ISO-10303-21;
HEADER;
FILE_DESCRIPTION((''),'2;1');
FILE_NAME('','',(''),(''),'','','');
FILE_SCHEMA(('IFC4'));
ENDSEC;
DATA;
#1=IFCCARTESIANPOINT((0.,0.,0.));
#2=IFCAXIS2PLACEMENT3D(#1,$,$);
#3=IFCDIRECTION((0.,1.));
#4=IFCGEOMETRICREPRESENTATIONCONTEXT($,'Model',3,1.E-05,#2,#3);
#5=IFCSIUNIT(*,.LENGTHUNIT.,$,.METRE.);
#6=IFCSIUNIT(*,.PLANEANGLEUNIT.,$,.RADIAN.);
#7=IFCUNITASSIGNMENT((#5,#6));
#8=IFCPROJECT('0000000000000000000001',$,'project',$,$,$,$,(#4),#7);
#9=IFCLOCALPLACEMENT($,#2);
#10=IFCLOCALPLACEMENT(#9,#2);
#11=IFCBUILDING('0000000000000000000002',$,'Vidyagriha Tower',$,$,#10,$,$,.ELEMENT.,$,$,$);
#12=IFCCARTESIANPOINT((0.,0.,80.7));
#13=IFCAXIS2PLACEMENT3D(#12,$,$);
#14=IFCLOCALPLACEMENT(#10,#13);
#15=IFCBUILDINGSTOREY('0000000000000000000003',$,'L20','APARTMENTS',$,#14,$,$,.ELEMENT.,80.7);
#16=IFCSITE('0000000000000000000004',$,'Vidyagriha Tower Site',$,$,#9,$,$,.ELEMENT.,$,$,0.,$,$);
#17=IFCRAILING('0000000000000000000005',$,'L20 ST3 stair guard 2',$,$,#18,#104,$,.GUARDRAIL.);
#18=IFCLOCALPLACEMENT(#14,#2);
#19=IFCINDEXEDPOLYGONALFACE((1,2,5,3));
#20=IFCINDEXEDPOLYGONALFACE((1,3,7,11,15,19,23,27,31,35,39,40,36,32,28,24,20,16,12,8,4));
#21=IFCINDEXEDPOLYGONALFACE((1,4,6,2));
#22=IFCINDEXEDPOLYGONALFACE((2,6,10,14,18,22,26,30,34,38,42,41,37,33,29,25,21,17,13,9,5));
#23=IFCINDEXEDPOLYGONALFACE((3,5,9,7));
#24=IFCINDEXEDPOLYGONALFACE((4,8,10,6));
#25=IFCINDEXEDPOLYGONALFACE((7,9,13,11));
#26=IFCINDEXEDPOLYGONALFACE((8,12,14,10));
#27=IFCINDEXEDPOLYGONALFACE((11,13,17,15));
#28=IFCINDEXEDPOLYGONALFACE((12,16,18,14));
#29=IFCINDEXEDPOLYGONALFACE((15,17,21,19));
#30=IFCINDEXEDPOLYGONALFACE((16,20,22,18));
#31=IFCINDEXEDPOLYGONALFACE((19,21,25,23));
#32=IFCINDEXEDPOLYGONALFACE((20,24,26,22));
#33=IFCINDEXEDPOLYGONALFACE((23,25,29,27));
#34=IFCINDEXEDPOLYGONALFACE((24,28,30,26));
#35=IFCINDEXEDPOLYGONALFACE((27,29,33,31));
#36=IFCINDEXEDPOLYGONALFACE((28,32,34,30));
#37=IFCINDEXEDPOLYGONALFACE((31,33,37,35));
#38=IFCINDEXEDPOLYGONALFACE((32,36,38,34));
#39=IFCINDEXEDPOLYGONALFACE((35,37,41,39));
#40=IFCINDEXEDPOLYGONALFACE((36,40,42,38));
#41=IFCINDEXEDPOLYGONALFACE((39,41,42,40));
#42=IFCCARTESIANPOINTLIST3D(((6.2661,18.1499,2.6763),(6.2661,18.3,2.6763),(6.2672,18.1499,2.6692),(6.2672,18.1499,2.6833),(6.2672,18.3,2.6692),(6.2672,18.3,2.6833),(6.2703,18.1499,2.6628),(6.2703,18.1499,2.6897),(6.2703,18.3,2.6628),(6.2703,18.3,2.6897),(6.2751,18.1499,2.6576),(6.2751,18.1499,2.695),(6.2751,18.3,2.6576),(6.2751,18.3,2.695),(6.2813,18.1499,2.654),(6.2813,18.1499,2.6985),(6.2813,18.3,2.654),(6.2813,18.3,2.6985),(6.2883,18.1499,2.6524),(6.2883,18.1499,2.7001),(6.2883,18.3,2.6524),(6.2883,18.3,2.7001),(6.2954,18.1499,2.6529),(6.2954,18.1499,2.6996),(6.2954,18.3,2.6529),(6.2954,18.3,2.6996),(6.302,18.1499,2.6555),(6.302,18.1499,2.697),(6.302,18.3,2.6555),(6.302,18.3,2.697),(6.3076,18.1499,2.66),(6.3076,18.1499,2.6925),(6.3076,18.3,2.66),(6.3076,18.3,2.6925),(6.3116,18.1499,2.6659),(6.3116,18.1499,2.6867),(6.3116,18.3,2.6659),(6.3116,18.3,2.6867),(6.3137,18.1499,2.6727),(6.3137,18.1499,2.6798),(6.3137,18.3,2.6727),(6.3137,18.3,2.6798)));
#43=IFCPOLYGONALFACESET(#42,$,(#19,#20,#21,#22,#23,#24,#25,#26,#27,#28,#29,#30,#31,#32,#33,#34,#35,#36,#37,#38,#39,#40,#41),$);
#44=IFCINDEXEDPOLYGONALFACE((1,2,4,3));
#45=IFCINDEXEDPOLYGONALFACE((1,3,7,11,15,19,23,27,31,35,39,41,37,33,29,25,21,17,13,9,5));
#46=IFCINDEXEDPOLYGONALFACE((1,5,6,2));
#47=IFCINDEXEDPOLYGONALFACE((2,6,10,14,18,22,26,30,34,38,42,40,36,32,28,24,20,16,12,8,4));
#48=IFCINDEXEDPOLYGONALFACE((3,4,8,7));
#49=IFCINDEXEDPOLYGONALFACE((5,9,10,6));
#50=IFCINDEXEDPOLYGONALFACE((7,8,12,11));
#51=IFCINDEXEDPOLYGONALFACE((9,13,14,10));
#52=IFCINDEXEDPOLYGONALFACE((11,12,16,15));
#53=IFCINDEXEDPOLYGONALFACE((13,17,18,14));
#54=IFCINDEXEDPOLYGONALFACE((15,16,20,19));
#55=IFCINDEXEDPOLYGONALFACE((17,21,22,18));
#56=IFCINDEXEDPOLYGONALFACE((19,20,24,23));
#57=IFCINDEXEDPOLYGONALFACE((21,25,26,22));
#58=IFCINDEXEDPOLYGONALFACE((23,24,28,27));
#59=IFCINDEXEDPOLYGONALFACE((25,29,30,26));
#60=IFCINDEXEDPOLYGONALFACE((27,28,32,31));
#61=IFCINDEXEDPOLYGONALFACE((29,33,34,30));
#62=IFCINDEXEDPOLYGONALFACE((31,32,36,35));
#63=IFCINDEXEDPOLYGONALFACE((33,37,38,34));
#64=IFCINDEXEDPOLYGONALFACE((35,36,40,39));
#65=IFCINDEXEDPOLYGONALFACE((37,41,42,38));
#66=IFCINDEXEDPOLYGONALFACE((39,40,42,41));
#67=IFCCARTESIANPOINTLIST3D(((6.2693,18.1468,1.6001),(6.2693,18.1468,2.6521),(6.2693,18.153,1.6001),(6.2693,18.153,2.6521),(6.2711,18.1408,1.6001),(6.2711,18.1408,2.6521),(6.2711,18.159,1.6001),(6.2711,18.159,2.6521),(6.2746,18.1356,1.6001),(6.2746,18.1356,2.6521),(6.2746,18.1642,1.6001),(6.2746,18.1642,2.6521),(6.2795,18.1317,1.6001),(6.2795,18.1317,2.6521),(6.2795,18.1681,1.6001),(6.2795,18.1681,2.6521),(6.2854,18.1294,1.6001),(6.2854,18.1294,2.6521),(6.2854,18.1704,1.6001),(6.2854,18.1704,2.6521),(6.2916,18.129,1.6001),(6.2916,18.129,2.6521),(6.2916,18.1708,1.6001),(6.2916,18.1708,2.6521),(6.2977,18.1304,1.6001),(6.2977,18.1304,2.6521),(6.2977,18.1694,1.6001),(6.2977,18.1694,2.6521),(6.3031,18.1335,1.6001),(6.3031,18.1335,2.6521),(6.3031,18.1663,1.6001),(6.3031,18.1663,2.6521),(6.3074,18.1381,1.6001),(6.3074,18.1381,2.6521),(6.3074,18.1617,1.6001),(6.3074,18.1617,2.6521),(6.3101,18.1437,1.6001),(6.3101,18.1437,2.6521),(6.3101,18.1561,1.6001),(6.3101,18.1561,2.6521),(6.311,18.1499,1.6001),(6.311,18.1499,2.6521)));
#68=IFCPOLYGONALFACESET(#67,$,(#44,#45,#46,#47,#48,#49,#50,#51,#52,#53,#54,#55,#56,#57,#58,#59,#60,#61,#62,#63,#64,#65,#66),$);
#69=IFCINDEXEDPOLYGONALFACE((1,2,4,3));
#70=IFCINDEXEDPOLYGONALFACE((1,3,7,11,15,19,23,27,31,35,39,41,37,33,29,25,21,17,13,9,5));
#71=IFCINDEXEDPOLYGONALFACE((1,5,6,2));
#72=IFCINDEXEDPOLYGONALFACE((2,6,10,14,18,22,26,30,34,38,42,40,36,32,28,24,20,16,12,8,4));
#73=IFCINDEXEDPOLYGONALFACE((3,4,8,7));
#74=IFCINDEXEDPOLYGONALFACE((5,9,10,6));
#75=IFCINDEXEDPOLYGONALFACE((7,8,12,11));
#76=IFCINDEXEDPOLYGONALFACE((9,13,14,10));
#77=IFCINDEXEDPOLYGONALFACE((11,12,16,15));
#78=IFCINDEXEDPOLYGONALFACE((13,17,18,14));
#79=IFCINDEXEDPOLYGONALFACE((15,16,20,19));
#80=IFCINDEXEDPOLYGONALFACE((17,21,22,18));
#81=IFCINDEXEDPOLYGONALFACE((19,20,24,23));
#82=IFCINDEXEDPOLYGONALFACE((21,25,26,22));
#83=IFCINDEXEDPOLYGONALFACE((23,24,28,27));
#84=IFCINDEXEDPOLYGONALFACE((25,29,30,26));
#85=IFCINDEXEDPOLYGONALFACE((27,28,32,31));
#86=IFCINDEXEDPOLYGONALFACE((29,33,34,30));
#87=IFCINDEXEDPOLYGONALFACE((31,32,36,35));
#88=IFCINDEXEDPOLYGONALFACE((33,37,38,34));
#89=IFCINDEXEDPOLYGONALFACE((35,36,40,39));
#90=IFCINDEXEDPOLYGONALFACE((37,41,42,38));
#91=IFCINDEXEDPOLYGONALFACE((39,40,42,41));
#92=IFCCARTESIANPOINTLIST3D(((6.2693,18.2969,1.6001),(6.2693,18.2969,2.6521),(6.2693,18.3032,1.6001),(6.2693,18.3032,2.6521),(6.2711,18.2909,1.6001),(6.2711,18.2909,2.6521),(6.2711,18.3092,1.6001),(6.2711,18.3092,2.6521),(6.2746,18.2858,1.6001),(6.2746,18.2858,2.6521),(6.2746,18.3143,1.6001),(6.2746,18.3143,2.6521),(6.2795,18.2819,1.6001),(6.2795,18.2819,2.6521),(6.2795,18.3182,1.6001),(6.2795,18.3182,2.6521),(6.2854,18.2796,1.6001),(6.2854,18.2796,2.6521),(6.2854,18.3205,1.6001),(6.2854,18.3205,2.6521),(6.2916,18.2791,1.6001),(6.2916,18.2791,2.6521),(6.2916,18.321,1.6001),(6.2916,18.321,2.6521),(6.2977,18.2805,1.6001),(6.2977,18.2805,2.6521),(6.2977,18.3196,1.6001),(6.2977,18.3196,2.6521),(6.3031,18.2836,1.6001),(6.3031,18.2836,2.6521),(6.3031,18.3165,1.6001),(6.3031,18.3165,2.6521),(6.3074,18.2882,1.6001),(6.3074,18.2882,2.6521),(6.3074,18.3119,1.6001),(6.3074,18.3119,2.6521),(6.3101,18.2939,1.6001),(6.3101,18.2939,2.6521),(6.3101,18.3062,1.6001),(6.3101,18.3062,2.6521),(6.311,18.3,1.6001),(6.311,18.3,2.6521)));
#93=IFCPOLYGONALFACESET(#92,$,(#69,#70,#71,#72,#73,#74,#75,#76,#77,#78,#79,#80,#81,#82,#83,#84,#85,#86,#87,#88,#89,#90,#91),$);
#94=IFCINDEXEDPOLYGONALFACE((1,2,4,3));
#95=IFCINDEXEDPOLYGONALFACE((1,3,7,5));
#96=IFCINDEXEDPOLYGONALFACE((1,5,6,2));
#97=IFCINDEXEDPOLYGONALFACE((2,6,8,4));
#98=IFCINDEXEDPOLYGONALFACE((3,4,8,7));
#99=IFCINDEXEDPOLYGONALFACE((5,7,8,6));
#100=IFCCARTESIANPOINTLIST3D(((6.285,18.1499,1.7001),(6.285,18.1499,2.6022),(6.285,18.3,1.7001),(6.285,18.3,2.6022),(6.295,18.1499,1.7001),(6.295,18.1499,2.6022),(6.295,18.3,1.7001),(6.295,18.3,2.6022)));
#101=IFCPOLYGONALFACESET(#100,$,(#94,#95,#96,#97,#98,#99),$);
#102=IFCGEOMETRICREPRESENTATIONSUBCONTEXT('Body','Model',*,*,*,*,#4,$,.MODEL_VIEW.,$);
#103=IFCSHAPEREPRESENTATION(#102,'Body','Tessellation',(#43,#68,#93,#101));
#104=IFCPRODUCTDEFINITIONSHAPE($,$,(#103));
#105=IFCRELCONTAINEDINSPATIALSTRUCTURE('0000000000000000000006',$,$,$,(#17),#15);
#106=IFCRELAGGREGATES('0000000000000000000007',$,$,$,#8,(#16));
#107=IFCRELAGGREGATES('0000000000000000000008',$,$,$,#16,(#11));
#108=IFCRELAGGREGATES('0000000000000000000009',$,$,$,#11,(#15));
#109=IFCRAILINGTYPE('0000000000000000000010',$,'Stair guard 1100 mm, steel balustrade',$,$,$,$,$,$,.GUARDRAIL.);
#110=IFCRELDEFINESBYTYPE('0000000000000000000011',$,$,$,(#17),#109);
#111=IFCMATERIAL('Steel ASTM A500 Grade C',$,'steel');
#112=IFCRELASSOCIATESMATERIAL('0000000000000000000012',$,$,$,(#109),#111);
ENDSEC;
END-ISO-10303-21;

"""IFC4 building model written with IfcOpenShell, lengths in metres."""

from ifc_helpers import new_model, si_unit, direction, frame, origin, origin_2d, place, context, subcontext, project, spatial, rectangle, circle, extrude, material, type_object, element, save


model = new_model("IFC4")

# Units and contexts
model_context = context("Model", 3, precision=1e-05, world=origin(), true_north=direction((0.0, 1.0)))
body_context = subcontext(model_context, "Body", "Model", "MODEL_VIEW")
ifc_project = project(units=[si_unit("LENGTHUNIT", "METRE"), si_unit("PLANEANGLEUNIT", "RADIAN")], contexts=[model_context])

# Site, building, storey
site_placement = place(None, origin())
site = spatial("IfcSite", under=ifc_project, at=site_placement, Name="Vidyagriha Tower Site", CompositionType="ELEMENT", RefElevation=0.0)
building_placement = place(site_placement, origin())
building = spatial("IfcBuilding", under=site, at=building_placement, Name="Vidyagriha Tower", CompositionType="ELEMENT")
storey_placement = place(building_placement, frame((0.0, 0.0, 80.7)))
storey = spatial("IfcBuildingStorey", under=building, at=storey_placement, Name="L20", Description="APARTMENTS", CompositionType="ELEMENT", Elevation=80.7)

# Railing
ifc_material_1 = material(Name="Steel ASTM A500 Grade C", Category="steel")
railing_type_1 = type_object("IfcRailingType", Name="Stair guard 1100 mm, steel balustrade", PredefinedType="GUARDRAIL", material=ifc_material_1)
railing_1_placement = place(storey_placement, frame((6.29, 18.1499, 1.6001)))
element("IfcRailing", 1, at=railing_1_placement, inside=storey, type_object=railing_type_1, Name="L20 ST3 stair guard 2", PredefinedType="GUARDRAIL", context=body_context, shape_type="SweptSolid", body=[
    extrude(circle(Radius=0.0239, at=origin_2d()), frame((0.0, 0.0, 1.0762), z_axis=(0.0, 1.0, 0.0), x_axis=(-1.0, 0.0, 0.0)), (0.0, 0.0, 1.0), 0.1501),
    extrude(circle(Radius=0.021, at=origin_2d()), origin(), (0.0, 0.0, 1.0), 1.052),
    extrude(circle(Radius=0.021, at=origin_2d()), frame((0.0, 0.1501, 0.0)), (0.0, 0.0, 1.0), 1.052),
    extrude(rectangle(XDim=0.01, YDim=0.9021, at=origin_2d()), frame((0.0, 0.0, 0.551), z_axis=(0.0, 1.0, 0.0), x_axis=(-1.0, 0.0, 0.0)), (0.0, 0.0, 1.0), 0.1501),
])

save(model, "model.ifc")
